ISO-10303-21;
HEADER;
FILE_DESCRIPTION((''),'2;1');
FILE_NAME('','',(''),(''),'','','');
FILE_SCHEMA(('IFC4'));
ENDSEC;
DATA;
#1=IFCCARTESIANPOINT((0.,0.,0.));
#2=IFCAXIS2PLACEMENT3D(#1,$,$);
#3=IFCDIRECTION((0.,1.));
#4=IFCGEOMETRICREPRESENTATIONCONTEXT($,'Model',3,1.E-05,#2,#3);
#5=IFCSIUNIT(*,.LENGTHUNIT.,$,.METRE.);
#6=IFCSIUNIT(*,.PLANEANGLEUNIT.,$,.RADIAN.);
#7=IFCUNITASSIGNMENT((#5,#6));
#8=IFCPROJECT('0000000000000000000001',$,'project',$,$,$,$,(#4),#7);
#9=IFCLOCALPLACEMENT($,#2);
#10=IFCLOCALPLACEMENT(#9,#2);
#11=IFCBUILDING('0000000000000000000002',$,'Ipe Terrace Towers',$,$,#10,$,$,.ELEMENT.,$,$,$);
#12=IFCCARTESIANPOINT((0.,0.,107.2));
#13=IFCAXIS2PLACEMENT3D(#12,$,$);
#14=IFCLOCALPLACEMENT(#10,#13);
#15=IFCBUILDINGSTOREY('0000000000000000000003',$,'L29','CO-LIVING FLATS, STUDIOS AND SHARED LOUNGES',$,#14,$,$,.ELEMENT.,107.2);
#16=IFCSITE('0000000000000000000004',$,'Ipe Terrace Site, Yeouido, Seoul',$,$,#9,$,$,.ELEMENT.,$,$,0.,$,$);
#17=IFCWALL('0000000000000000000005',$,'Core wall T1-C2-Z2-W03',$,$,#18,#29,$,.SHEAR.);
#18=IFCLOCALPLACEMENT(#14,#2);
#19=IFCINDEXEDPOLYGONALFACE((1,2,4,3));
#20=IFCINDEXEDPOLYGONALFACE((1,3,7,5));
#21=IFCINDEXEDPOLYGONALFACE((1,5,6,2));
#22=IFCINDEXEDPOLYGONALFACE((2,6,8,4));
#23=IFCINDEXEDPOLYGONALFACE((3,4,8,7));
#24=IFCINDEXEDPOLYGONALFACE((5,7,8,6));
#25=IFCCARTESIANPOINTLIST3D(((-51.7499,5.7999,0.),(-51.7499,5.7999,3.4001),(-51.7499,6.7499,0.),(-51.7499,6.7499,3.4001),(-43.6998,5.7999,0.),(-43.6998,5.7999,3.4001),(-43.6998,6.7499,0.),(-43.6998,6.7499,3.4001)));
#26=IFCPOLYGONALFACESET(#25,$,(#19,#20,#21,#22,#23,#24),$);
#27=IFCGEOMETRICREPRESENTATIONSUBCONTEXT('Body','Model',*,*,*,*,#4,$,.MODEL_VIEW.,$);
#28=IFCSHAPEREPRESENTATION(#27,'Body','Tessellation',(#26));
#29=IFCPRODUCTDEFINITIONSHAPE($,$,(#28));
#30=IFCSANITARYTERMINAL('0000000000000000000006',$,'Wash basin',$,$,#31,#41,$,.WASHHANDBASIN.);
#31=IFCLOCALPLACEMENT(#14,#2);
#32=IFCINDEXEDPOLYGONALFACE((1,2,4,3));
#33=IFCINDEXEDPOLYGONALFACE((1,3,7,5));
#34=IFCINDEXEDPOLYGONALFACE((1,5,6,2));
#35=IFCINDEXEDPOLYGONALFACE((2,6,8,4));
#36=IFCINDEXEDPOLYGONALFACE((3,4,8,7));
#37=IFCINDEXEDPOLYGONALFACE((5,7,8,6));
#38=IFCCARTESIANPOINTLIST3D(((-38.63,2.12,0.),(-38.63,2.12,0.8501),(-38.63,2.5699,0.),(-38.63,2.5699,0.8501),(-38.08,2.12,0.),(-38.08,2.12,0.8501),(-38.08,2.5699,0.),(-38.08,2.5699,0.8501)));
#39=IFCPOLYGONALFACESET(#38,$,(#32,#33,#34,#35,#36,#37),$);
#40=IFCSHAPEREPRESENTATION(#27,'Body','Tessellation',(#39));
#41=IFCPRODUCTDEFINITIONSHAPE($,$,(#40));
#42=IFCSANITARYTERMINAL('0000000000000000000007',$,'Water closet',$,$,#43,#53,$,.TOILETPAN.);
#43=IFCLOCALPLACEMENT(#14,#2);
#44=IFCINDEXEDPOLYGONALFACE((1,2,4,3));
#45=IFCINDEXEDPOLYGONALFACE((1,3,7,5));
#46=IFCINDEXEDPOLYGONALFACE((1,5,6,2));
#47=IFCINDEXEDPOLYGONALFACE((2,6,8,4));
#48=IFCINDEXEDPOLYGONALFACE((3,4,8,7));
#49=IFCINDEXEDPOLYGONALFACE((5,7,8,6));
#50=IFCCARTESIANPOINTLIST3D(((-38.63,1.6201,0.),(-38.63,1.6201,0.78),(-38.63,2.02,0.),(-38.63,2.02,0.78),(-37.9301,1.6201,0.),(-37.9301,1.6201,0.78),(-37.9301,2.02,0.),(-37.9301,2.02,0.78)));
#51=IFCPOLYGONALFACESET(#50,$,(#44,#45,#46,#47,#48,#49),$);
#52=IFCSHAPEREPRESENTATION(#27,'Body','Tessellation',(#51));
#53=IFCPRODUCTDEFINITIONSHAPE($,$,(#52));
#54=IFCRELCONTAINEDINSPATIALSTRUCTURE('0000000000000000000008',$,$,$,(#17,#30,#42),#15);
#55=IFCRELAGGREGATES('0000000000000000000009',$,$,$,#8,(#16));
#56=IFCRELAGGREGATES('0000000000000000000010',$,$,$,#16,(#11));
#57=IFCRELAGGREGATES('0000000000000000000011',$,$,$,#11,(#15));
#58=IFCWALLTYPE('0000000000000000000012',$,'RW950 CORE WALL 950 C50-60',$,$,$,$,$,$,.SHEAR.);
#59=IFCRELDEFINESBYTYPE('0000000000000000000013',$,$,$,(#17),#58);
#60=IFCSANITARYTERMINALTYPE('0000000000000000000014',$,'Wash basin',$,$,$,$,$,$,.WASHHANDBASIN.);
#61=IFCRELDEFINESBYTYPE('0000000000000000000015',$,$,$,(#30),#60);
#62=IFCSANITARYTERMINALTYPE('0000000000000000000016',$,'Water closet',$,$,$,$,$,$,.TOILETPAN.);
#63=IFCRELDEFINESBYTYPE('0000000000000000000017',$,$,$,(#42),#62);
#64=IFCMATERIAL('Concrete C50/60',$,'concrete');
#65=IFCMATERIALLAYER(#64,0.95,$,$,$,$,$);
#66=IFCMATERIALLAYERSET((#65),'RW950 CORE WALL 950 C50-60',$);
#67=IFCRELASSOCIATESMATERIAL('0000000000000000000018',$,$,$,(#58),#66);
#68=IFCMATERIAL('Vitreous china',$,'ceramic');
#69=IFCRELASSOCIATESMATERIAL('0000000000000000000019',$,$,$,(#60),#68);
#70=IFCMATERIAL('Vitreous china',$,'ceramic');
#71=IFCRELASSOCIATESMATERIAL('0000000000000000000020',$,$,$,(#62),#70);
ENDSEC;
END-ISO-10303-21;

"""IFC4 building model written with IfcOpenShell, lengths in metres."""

from ifc_helpers import new_model, si_unit, direction, frame, frame_2d, origin, origin_2d, place, context, subcontext, project, spatial, rectangle, extrude, material, layer, layer_set, type_object, element, save


model = new_model("IFC4")

# Units and contexts
model_context = context("Model", 3, precision=1e-05, world=origin(), true_north=direction((0.0, 1.0)))
body_context = subcontext(model_context, "Body", "Model", "MODEL_VIEW")
ifc_project = project(units=[si_unit("LENGTHUNIT", "METRE"), si_unit("PLANEANGLEUNIT", "RADIAN")], contexts=[model_context])

# Site, building, storey
site_placement = place(None, origin())
site = spatial("IfcSite", under=ifc_project, at=site_placement, Name="Ipe Terrace Site, Yeouido, Seoul", CompositionType="ELEMENT", RefElevation=0.0)
building_placement = place(site_placement, origin())
building = spatial("IfcBuilding", under=site, at=building_placement, Name="Ipe Terrace Towers", CompositionType="ELEMENT")
storey_placement = place(building_placement, frame((0.0, 0.0, 107.2)))
storey = spatial("IfcBuildingStorey", under=building, at=storey_placement, Name="L29", Description="CO-LIVING FLATS, STUDIOS AND SHARED LOUNGES", CompositionType="ELEMENT", Elevation=107.2)

# Wall
ifc_material_1 = material(Name="Concrete C50/60", Category="concrete")
ifc_layer_1 = layer(ifc_material_1, 0.95)
ifc_layer_set_1 = layer_set([ifc_layer_1], Name="RW950 CORE WALL 950 C50-60")
wall_type_1 = type_object("IfcWallType", Name="RW950 CORE WALL 950 C50-60", PredefinedType="SHEAR", material=ifc_layer_set_1)
wall_1_placement = place(storey_placement, frame((-43.7, 6.2749, 0.0), z_axis=(0.0, 0.0, 1.0), x_axis=(-1.0, 0.0, 0.0)))
element("IfcWall", 1, at=wall_1_placement, inside=storey, type_object=wall_type_1, Name="Core wall T1-C2-Z2-W03", PredefinedType="SHEAR", context=body_context, shape_type="SweptSolid", body=[
    extrude(rectangle(XDim=8.05, YDim=0.95, at=frame_2d((4.0249, 0.0))), origin(), (0.0, 0.0, 1.0), 3.4001),
])

# Sanitary terminals
ifc_material_2 = material(Name="Vitreous china", Category="ceramic")
sanitary_terminal_type_1 = type_object("IfcSanitaryTerminalType", Name="Wash basin", PredefinedType="WASHHANDBASIN", material=ifc_material_2)
sanitary_terminal_1_placement = place(storey_placement, frame((-38.355, 2.345, 0.0), z_axis=(0.0, 0.0, 1.0), x_axis=(1.0, 0.0, 0.0)))
element("IfcSanitaryTerminal", 2, at=sanitary_terminal_1_placement, inside=storey, type_object=sanitary_terminal_type_1, Name="Wash basin", PredefinedType="WASHHANDBASIN", context=body_context, shape_type="SweptSolid", body=[
    extrude(rectangle(XDim=0.55, YDim=0.45, at=origin_2d()), origin(), (0.0, 0.0, 1.0), 0.8501),
])
ifc_material_3 = material(Name="Vitreous china", Category="ceramic")
sanitary_terminal_type_2 = type_object("IfcSanitaryTerminalType", Name="Water closet", PredefinedType="TOILETPAN", material=ifc_material_3)
sanitary_terminal_2_placement = place(storey_placement, frame((-38.28, 1.8201, 0.0), z_axis=(0.0, 0.0, 1.0), x_axis=(1.0, 0.0, 0.0)))
element("IfcSanitaryTerminal", 3, at=sanitary_terminal_2_placement, inside=storey, type_object=sanitary_terminal_type_2, Name="Water closet", PredefinedType="TOILETPAN", context=body_context, shape_type="SweptSolid", body=[
    extrude(rectangle(XDim=0.7, YDim=0.3999, at=origin_2d()), origin(), (0.0, 0.0, 1.0), 0.78),
])

save(model, "model.ifc")
